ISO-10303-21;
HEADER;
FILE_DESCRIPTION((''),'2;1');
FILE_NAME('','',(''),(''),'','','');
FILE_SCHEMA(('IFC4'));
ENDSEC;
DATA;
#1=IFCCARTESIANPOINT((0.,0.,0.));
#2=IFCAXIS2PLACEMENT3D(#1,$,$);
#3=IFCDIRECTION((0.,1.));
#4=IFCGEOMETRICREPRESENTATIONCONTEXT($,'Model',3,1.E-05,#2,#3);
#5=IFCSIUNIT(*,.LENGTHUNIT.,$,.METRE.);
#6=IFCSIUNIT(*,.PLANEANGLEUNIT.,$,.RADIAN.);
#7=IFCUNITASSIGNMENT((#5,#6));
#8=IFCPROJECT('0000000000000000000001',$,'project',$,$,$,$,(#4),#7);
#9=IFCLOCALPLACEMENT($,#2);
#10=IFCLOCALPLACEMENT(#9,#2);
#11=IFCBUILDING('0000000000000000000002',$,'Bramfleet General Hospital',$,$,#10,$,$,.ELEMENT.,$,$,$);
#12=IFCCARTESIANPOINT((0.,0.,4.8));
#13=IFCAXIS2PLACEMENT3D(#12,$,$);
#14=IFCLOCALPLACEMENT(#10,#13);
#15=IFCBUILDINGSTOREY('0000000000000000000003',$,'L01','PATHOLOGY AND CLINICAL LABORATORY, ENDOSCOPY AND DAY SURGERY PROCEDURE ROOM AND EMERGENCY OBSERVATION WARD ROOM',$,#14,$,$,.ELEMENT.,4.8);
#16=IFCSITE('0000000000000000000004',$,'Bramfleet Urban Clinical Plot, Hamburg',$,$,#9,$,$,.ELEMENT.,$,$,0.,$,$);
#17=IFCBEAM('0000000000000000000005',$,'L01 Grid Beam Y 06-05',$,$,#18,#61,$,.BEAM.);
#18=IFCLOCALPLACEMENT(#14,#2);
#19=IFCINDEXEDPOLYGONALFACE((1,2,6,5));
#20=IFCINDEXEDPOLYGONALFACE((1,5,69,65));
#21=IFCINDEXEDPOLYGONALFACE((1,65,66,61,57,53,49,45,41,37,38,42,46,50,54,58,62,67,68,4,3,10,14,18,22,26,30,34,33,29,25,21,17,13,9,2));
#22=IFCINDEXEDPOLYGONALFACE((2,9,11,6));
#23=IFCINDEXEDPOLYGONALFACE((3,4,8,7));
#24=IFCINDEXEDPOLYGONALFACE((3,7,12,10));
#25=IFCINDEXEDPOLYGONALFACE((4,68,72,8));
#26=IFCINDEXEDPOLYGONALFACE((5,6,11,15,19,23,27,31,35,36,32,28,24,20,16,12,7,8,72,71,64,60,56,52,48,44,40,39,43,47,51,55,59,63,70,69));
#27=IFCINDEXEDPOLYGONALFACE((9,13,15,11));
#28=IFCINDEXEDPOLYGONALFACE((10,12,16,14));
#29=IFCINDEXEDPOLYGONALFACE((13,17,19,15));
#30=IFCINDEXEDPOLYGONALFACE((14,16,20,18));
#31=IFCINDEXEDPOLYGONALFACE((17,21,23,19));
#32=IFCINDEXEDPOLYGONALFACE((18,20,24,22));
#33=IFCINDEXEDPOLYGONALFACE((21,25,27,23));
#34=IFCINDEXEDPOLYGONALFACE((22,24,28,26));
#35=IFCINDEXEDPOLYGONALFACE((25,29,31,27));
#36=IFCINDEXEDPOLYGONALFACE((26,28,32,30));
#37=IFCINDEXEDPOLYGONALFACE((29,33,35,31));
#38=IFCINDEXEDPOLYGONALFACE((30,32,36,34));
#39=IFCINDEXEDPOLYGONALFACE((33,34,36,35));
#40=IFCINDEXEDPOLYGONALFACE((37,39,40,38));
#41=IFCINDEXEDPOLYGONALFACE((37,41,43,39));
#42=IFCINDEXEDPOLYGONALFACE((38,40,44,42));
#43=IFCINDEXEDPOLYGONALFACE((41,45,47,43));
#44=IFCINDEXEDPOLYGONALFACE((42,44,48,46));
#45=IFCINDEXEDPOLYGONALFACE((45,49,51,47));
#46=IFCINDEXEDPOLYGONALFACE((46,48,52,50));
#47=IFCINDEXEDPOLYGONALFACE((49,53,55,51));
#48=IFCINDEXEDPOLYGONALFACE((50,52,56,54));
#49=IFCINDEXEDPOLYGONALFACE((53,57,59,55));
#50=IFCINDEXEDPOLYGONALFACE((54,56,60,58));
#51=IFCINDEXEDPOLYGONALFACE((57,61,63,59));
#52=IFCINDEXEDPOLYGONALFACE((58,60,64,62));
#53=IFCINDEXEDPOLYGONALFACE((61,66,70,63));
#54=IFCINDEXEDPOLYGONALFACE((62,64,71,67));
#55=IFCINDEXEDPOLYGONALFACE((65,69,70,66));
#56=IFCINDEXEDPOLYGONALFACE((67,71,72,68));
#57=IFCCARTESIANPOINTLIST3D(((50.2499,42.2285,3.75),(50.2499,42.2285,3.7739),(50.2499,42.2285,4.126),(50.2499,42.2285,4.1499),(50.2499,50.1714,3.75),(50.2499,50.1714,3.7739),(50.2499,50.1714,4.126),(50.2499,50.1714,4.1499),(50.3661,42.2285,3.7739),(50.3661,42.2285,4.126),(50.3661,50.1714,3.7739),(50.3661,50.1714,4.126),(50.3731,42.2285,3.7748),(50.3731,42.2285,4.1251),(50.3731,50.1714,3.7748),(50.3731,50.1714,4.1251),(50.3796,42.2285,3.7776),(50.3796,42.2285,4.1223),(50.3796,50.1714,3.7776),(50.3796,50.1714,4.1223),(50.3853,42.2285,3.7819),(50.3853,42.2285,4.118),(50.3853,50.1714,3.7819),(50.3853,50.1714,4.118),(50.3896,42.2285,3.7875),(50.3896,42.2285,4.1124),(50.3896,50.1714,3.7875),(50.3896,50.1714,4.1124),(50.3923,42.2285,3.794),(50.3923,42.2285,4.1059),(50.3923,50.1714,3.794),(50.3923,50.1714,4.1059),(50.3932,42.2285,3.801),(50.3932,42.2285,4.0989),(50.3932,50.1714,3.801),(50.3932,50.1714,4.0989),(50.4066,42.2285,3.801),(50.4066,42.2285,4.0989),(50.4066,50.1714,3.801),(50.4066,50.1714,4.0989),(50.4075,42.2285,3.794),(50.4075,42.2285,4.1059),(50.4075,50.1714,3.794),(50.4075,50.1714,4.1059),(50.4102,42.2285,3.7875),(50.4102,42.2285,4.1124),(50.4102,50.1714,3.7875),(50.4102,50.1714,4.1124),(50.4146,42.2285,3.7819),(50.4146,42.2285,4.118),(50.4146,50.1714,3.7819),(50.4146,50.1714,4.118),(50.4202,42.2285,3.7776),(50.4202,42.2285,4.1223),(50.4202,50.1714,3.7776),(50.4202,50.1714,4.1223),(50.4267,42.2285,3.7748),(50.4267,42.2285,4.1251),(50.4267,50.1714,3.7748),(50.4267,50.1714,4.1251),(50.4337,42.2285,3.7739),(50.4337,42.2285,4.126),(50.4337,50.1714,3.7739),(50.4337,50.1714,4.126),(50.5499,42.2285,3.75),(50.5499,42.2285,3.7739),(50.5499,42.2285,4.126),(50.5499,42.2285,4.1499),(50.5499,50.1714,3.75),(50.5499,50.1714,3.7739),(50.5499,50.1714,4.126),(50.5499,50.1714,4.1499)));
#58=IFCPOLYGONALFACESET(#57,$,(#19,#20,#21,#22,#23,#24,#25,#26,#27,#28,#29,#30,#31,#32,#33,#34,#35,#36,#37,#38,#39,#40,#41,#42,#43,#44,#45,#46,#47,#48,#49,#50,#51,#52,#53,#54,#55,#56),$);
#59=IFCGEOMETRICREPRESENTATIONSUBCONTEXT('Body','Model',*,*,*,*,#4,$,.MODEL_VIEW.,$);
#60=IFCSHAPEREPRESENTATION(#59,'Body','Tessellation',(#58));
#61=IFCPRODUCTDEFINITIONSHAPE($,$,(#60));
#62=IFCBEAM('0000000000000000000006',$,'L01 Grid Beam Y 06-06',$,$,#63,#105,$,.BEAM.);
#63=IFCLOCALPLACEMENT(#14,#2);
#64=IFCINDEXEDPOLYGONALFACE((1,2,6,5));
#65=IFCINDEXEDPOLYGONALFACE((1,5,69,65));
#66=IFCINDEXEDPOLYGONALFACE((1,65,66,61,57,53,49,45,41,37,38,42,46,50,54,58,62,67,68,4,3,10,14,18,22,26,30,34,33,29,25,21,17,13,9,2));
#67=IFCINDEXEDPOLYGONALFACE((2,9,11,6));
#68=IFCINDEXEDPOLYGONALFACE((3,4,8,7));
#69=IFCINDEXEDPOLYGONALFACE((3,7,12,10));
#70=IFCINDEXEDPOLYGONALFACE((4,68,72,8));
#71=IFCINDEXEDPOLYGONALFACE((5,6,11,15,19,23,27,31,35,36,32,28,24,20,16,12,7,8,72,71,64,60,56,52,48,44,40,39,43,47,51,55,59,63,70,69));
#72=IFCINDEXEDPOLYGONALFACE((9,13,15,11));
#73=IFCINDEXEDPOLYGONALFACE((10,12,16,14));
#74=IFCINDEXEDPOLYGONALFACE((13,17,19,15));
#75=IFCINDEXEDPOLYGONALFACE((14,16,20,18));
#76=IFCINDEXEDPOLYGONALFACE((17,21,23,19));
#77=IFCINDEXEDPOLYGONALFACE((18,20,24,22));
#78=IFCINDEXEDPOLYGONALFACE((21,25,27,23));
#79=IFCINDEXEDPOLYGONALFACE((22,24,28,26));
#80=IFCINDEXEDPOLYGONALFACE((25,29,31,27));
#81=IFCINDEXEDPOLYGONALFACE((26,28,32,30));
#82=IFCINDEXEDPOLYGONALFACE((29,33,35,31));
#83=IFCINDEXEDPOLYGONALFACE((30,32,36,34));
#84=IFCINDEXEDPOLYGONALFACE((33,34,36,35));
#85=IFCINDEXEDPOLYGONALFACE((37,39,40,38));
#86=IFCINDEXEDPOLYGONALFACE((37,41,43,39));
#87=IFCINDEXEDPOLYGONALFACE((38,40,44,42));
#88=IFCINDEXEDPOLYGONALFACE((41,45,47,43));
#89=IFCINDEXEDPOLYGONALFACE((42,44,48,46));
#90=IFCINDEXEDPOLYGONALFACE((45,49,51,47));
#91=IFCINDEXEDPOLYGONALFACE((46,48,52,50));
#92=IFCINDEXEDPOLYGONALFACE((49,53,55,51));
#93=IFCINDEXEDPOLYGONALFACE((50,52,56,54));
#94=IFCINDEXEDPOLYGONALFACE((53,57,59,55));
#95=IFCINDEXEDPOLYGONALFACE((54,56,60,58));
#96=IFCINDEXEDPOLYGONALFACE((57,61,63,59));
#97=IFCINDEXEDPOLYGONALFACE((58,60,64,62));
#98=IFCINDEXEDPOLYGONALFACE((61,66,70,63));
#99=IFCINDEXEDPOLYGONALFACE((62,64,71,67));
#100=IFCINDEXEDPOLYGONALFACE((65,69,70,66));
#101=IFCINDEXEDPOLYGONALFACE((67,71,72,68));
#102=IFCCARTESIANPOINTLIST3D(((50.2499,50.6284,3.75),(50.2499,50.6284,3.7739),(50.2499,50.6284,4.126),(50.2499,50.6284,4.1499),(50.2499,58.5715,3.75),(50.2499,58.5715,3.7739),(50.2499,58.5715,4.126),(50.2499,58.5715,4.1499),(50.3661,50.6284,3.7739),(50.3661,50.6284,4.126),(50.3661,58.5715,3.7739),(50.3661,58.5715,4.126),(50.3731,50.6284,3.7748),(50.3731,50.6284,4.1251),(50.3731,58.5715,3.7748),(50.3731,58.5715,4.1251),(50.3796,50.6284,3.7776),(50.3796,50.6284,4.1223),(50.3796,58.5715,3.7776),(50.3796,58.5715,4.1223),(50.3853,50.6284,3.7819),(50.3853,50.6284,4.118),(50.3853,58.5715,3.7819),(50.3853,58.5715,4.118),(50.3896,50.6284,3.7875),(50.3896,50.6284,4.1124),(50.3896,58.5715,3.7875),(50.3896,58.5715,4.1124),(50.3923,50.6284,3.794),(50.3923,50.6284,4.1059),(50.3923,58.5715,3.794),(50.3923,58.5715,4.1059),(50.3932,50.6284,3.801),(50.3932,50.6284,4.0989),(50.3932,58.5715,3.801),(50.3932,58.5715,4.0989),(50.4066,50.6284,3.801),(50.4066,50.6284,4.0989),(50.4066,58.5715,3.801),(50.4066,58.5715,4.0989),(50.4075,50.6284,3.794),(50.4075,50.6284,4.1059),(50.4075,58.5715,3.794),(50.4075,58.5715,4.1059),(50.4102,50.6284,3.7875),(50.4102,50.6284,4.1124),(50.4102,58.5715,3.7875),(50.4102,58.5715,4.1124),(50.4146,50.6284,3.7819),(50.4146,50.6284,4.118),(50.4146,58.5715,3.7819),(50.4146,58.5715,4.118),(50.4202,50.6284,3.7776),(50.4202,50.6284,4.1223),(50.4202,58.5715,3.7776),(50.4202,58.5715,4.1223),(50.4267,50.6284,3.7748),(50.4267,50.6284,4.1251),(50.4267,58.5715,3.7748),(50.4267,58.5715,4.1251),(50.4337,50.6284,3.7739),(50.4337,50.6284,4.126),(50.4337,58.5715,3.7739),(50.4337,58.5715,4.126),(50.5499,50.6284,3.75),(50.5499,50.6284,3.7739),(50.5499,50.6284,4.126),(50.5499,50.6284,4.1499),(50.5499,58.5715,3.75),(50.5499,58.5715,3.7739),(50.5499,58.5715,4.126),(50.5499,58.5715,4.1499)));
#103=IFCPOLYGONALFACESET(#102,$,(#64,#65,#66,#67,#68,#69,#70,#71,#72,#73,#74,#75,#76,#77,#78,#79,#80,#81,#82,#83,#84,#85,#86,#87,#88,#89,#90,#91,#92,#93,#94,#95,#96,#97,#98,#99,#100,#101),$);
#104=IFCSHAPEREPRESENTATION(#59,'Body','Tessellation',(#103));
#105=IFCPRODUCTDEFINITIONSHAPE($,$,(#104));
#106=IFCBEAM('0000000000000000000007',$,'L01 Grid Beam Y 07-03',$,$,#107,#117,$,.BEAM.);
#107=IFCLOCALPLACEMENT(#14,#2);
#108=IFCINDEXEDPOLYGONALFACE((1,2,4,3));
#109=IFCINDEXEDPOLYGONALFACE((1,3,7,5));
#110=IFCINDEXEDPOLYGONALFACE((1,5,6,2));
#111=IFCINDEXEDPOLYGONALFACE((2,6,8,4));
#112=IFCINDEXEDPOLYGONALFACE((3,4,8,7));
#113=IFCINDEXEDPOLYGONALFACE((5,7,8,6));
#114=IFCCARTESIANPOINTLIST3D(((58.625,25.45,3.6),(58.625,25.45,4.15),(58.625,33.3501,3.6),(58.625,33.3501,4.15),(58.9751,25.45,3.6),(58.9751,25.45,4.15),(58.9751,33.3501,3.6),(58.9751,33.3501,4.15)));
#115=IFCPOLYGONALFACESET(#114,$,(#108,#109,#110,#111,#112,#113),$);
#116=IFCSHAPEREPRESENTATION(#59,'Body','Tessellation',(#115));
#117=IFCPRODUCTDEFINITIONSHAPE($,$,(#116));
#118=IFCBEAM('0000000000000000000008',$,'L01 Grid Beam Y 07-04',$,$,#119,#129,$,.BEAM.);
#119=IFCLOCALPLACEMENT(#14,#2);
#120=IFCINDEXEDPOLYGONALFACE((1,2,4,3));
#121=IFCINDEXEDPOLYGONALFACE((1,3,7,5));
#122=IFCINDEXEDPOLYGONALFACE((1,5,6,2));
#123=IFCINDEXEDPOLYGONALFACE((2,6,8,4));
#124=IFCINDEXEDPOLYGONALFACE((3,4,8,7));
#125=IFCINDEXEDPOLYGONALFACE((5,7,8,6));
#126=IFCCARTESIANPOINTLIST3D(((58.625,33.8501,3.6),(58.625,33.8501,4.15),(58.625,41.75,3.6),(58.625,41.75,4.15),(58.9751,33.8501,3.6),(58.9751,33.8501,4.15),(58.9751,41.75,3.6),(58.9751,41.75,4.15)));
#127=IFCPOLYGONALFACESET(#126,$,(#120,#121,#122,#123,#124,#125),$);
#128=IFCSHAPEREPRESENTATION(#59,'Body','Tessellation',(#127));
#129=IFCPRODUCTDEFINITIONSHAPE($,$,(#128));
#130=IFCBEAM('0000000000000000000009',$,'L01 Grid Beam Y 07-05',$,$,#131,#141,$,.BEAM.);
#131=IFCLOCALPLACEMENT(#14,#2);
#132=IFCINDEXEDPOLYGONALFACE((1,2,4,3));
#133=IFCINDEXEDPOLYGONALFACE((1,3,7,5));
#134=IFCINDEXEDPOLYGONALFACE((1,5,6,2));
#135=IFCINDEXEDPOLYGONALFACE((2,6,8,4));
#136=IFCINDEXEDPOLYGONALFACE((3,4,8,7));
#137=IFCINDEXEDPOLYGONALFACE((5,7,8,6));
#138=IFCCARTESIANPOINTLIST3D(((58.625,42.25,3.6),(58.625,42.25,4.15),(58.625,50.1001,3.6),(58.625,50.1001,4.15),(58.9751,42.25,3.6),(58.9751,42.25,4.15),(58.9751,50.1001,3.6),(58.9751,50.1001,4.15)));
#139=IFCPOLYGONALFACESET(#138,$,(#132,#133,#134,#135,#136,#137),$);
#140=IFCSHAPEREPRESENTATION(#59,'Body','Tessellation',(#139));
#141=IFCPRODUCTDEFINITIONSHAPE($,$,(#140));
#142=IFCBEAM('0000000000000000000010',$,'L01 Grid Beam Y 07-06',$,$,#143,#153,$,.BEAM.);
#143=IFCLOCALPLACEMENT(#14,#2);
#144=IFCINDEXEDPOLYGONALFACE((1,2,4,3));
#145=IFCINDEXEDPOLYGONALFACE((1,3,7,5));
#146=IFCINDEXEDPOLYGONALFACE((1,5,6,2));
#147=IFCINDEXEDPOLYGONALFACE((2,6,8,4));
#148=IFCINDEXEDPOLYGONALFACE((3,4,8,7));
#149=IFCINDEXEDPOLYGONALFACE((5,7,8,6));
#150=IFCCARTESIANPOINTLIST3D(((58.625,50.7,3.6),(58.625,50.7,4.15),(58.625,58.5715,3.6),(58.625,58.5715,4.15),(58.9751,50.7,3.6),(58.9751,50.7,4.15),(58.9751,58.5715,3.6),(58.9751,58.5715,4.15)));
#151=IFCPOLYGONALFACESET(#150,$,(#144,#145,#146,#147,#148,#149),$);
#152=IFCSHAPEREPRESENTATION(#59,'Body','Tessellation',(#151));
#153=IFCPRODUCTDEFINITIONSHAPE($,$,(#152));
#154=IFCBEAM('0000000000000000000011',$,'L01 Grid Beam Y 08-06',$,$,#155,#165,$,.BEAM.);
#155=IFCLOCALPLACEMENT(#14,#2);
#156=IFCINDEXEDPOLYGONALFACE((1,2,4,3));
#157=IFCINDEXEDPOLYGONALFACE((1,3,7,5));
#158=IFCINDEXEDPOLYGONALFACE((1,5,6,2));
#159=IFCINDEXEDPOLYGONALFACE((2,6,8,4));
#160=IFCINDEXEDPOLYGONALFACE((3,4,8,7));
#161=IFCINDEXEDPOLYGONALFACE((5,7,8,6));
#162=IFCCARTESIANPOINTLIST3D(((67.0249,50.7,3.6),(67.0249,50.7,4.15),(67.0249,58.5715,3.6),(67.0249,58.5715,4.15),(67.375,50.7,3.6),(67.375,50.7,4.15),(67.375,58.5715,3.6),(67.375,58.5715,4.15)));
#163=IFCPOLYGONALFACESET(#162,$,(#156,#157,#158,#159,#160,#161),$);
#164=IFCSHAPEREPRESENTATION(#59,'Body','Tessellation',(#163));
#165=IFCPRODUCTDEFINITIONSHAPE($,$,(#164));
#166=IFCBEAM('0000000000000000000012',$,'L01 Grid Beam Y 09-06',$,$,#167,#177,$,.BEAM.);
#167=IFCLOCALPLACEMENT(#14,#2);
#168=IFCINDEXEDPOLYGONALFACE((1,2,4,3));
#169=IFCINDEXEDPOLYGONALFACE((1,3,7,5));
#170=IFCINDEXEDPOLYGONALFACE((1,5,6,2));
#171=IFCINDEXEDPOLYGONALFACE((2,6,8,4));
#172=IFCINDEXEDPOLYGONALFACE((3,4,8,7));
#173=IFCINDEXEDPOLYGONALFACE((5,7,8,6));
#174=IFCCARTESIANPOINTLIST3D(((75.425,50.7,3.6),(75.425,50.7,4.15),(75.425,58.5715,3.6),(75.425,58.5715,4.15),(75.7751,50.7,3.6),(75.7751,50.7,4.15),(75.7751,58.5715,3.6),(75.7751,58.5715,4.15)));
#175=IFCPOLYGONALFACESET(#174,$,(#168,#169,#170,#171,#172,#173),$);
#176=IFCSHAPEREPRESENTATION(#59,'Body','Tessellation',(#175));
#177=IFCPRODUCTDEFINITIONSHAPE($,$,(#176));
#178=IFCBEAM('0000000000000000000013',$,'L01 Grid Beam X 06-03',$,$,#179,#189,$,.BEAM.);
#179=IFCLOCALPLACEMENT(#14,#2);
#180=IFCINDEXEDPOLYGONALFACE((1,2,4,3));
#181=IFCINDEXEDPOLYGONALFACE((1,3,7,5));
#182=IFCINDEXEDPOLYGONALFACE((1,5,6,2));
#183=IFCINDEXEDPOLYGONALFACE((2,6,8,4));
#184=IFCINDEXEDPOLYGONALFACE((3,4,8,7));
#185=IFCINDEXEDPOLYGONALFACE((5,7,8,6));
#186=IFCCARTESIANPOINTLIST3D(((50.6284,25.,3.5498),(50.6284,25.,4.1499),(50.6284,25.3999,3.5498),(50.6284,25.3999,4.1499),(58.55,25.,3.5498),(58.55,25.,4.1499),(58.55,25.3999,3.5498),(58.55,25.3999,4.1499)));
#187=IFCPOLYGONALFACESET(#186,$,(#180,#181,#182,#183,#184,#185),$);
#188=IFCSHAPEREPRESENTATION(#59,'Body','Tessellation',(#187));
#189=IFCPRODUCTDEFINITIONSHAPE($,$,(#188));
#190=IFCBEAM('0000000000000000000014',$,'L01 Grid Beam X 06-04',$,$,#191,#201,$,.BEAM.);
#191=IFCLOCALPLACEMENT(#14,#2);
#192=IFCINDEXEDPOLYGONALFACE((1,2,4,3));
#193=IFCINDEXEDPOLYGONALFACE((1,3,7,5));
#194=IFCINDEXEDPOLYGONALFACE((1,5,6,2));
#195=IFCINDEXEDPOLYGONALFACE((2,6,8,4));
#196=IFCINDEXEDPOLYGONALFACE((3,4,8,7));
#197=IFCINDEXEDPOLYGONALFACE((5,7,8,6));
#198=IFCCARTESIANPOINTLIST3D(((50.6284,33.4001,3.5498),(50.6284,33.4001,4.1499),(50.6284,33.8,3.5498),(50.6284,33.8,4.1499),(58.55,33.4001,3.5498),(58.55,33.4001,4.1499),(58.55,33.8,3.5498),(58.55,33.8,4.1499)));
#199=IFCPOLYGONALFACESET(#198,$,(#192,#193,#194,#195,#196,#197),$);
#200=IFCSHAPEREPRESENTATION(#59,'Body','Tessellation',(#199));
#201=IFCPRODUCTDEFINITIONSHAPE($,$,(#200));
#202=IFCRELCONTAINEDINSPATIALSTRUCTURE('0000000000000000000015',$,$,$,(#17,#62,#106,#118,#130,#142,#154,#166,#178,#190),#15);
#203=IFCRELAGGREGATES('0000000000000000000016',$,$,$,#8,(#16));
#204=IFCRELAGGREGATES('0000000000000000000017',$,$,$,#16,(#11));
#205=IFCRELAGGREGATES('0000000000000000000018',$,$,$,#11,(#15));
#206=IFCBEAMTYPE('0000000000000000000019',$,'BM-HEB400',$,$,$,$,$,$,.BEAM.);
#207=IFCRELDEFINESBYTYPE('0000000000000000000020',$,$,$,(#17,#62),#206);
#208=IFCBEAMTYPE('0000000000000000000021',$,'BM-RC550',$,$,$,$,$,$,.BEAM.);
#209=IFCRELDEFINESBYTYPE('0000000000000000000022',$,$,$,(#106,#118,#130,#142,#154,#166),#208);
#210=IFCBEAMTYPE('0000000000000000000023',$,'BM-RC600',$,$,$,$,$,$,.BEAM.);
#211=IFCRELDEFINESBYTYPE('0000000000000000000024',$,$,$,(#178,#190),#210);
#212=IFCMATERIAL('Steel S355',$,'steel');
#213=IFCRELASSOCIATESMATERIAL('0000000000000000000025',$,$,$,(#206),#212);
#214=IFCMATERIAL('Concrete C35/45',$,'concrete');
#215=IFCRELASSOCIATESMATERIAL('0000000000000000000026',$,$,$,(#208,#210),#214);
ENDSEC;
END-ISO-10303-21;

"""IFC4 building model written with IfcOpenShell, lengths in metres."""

from ifc_helpers import new_model, si_unit, direction, frame, origin, origin_2d, place, context, subcontext, project, spatial, rectangle, i_section, extrude, material, material_profile, profile_set, type_object, element, save


model = new_model("IFC4")

# Units and contexts
model_context = context("Model", 3, precision=1e-05, world=origin(), true_north=direction((0.0, 1.0)))
body_context = subcontext(model_context, "Body", "Model", "MODEL_VIEW")
ifc_project = project(units=[si_unit("LENGTHUNIT", "METRE"), si_unit("PLANEANGLEUNIT", "RADIAN")], contexts=[model_context])

# Site, building, storey
site_placement = place(None, origin())
site = spatial("IfcSite", under=ifc_project, at=site_placement, Name="Bramfleet Urban Clinical Plot, Hamburg", CompositionType="ELEMENT", RefElevation=0.0)
building_placement = place(site_placement, origin())
building = spatial("IfcBuilding", under=site, at=building_placement, Name="Bramfleet General Hospital", CompositionType="ELEMENT")
storey_placement = place(building_placement, frame((0.0, 0.0, 4.8)))
storey = spatial("IfcBuildingStorey", under=building, at=storey_placement, Name="L01", Description="PATHOLOGY AND CLINICAL LABORATORY, ENDOSCOPY AND DAY SURGERY PROCEDURE ROOM AND EMERGENCY OBSERVATION WARD ROOM", CompositionType="ELEMENT", Elevation=4.8)

# Shared definitions
ifc_material_1 = material(Name="Steel S355", Category="steel")

# Beams
ifc_material_profile_1 = material_profile(ifc_material_1, i_section(OverallWidth=0.3, OverallDepth=0.3999, WebThickness=0.0134, FlangeThickness=0.0239, FilletRadius=0.0271, at=origin_2d()), Name="HEB 400")
ifc_profile_set_1 = profile_set([ifc_material_profile_1], Name="Steel S355")
beam_type_1 = type_object("IfcBeamType", Name="BM-HEB400", PredefinedType="BEAM", material=ifc_profile_set_1)
for number, where, z_axis, x_axis, name in (
    (1, (50.3999, 42.2285, 3.95), (0.0, 1.0, 0.0), (-1.0, 0.0, 0.0), "L01 Grid Beam Y 06-05"),
):
    element("IfcBeam", number, at=place(storey_placement, frame(where, z_axis=z_axis, x_axis=x_axis)), inside=storey, type_object=beam_type_1, Name=name, PredefinedType="BEAM", context=body_context, shape_type="SweptSolid", body=[
        extrude(i_section(OverallWidth=0.3, OverallDepth=0.3999, WebThickness=0.0134, FlangeThickness=0.0239, FilletRadius=0.0271, at=origin_2d()), origin(), (0.0, 0.0, 1.0), 7.9429),
    ])
beam_1_placement = place(storey_placement, frame((50.3999, 50.6284, 3.95), z_axis=(0.0, 1.0, 0.0), x_axis=(-1.0, 0.0, 0.0)))
element("IfcBeam", 2, at=beam_1_placement, inside=storey, type_object=beam_type_1, Name="L01 Grid Beam Y 06-06", PredefinedType="BEAM", context=body_context, shape_type="SweptSolid", body=[
    extrude(i_section(OverallWidth=0.3, OverallDepth=0.3999, WebThickness=0.0134, FlangeThickness=0.0239, FilletRadius=0.0271, at=origin_2d()), origin(), (0.0, 0.0, 1.0), 7.9431),
])
ifc_material_2 = material(Name="Concrete C35/45", Category="concrete")
ifc_material_profile_2 = material_profile(ifc_material_2, rectangle(XDim=0.3501, YDim=0.55, at=origin_2d()), Name="RC BM 550x350")
ifc_profile_set_2 = profile_set([ifc_material_profile_2], Name="Concrete C35/45")
beam_type_2 = type_object("IfcBeamType", Name="BM-RC550", PredefinedType="BEAM", material=ifc_profile_set_2)
beam_2_placement = place(storey_placement, frame((58.8, 25.45, 3.875), z_axis=(0.0, 1.0, 0.0), x_axis=(-1.0, 0.0, 0.0)))
element("IfcBeam", 3, at=beam_2_placement, inside=storey, type_object=beam_type_2, Name="L01 Grid Beam Y 07-03", PredefinedType="BEAM", context=body_context, shape_type="SweptSolid", body=[
    extrude(rectangle(XDim=0.3501, YDim=0.55, at=origin_2d()), origin(), (0.0, 0.0, 1.0), 7.9001),
])
beam_3_placement = place(storey_placement, frame((58.8, 33.8501, 3.875), z_axis=(0.0, 1.0, 0.0), x_axis=(-1.0, 0.0, 0.0)))
element("IfcBeam", 4, at=beam_3_placement, inside=storey, type_object=beam_type_2, Name="L01 Grid Beam Y 07-04", PredefinedType="BEAM", context=body_context, shape_type="SweptSolid", body=[
    extrude(rectangle(XDim=0.3501, YDim=0.55, at=origin_2d()), origin(), (0.0, 0.0, 1.0), 7.8999),
])
beam_4_placement = place(storey_placement, frame((58.8, 42.25, 3.875), z_axis=(0.0, 1.0, 0.0), x_axis=(-1.0, 0.0, 0.0)))
element("IfcBeam", 5, at=beam_4_placement, inside=storey, type_object=beam_type_2, Name="L01 Grid Beam Y 07-05", PredefinedType="BEAM", context=body_context, shape_type="SweptSolid", body=[
    extrude(rectangle(XDim=0.3501, YDim=0.55, at=origin_2d()), origin(), (0.0, 0.0, 1.0), 7.8501),
])
for number, where, z_axis, x_axis, name in (
    (6, (58.8, 50.7, 3.875), (0.0, 1.0, 0.0), (-1.0, 0.0, 0.0), "L01 Grid Beam Y 07-06"),
    (7, (67.2, 50.7, 3.875), (0.0, 1.0, 0.0), (-1.0, 0.0, 0.0), "L01 Grid Beam Y 08-06"),
    (8, (75.6001, 50.7, 3.875), (0.0, 1.0, 0.0), (-1.0, 0.0, 0.0), "L01 Grid Beam Y 09-06"),
):
    element("IfcBeam", number, at=place(storey_placement, frame(where, z_axis=z_axis, x_axis=x_axis)), inside=storey, type_object=beam_type_2, Name=name, PredefinedType="BEAM", context=body_context, shape_type="SweptSolid", body=[
        extrude(rectangle(XDim=0.3501, YDim=0.55, at=origin_2d()), origin(), (0.0, 0.0, 1.0), 7.8716),
    ])
ifc_material_profile_3 = material_profile(ifc_material_2, rectangle(XDim=0.3999, YDim=0.6001, at=origin_2d()), Name="RC BM 600x400")
ifc_profile_set_3 = profile_set([ifc_material_profile_3], Name="Concrete C35/45")
beam_type_3 = type_object("IfcBeamType", Name="BM-RC600", PredefinedType="BEAM", material=ifc_profile_set_3)
for number, where, z_axis, x_axis, name in (
    (9, (50.6284, 25.2, 3.8499), (1.0, 0.0, 0.0), (0.0, 1.0, 0.0), "L01 Grid Beam X 06-03"),
    (10, (50.6284, 33.6001, 3.8499), (1.0, 0.0, 0.0), (0.0, 1.0, 0.0), "L01 Grid Beam X 06-04"),
):
    element("IfcBeam", number, at=place(storey_placement, frame(where, z_axis=z_axis, x_axis=x_axis)), inside=storey, type_object=beam_type_3, Name=name, PredefinedType="BEAM", context=body_context, shape_type="SweptSolid", body=[
        extrude(rectangle(XDim=0.3999, YDim=0.6001, at=origin_2d()), origin(), (0.0, 0.0, 1.0), 7.9216),
    ])

save(model, "model.ifc")
